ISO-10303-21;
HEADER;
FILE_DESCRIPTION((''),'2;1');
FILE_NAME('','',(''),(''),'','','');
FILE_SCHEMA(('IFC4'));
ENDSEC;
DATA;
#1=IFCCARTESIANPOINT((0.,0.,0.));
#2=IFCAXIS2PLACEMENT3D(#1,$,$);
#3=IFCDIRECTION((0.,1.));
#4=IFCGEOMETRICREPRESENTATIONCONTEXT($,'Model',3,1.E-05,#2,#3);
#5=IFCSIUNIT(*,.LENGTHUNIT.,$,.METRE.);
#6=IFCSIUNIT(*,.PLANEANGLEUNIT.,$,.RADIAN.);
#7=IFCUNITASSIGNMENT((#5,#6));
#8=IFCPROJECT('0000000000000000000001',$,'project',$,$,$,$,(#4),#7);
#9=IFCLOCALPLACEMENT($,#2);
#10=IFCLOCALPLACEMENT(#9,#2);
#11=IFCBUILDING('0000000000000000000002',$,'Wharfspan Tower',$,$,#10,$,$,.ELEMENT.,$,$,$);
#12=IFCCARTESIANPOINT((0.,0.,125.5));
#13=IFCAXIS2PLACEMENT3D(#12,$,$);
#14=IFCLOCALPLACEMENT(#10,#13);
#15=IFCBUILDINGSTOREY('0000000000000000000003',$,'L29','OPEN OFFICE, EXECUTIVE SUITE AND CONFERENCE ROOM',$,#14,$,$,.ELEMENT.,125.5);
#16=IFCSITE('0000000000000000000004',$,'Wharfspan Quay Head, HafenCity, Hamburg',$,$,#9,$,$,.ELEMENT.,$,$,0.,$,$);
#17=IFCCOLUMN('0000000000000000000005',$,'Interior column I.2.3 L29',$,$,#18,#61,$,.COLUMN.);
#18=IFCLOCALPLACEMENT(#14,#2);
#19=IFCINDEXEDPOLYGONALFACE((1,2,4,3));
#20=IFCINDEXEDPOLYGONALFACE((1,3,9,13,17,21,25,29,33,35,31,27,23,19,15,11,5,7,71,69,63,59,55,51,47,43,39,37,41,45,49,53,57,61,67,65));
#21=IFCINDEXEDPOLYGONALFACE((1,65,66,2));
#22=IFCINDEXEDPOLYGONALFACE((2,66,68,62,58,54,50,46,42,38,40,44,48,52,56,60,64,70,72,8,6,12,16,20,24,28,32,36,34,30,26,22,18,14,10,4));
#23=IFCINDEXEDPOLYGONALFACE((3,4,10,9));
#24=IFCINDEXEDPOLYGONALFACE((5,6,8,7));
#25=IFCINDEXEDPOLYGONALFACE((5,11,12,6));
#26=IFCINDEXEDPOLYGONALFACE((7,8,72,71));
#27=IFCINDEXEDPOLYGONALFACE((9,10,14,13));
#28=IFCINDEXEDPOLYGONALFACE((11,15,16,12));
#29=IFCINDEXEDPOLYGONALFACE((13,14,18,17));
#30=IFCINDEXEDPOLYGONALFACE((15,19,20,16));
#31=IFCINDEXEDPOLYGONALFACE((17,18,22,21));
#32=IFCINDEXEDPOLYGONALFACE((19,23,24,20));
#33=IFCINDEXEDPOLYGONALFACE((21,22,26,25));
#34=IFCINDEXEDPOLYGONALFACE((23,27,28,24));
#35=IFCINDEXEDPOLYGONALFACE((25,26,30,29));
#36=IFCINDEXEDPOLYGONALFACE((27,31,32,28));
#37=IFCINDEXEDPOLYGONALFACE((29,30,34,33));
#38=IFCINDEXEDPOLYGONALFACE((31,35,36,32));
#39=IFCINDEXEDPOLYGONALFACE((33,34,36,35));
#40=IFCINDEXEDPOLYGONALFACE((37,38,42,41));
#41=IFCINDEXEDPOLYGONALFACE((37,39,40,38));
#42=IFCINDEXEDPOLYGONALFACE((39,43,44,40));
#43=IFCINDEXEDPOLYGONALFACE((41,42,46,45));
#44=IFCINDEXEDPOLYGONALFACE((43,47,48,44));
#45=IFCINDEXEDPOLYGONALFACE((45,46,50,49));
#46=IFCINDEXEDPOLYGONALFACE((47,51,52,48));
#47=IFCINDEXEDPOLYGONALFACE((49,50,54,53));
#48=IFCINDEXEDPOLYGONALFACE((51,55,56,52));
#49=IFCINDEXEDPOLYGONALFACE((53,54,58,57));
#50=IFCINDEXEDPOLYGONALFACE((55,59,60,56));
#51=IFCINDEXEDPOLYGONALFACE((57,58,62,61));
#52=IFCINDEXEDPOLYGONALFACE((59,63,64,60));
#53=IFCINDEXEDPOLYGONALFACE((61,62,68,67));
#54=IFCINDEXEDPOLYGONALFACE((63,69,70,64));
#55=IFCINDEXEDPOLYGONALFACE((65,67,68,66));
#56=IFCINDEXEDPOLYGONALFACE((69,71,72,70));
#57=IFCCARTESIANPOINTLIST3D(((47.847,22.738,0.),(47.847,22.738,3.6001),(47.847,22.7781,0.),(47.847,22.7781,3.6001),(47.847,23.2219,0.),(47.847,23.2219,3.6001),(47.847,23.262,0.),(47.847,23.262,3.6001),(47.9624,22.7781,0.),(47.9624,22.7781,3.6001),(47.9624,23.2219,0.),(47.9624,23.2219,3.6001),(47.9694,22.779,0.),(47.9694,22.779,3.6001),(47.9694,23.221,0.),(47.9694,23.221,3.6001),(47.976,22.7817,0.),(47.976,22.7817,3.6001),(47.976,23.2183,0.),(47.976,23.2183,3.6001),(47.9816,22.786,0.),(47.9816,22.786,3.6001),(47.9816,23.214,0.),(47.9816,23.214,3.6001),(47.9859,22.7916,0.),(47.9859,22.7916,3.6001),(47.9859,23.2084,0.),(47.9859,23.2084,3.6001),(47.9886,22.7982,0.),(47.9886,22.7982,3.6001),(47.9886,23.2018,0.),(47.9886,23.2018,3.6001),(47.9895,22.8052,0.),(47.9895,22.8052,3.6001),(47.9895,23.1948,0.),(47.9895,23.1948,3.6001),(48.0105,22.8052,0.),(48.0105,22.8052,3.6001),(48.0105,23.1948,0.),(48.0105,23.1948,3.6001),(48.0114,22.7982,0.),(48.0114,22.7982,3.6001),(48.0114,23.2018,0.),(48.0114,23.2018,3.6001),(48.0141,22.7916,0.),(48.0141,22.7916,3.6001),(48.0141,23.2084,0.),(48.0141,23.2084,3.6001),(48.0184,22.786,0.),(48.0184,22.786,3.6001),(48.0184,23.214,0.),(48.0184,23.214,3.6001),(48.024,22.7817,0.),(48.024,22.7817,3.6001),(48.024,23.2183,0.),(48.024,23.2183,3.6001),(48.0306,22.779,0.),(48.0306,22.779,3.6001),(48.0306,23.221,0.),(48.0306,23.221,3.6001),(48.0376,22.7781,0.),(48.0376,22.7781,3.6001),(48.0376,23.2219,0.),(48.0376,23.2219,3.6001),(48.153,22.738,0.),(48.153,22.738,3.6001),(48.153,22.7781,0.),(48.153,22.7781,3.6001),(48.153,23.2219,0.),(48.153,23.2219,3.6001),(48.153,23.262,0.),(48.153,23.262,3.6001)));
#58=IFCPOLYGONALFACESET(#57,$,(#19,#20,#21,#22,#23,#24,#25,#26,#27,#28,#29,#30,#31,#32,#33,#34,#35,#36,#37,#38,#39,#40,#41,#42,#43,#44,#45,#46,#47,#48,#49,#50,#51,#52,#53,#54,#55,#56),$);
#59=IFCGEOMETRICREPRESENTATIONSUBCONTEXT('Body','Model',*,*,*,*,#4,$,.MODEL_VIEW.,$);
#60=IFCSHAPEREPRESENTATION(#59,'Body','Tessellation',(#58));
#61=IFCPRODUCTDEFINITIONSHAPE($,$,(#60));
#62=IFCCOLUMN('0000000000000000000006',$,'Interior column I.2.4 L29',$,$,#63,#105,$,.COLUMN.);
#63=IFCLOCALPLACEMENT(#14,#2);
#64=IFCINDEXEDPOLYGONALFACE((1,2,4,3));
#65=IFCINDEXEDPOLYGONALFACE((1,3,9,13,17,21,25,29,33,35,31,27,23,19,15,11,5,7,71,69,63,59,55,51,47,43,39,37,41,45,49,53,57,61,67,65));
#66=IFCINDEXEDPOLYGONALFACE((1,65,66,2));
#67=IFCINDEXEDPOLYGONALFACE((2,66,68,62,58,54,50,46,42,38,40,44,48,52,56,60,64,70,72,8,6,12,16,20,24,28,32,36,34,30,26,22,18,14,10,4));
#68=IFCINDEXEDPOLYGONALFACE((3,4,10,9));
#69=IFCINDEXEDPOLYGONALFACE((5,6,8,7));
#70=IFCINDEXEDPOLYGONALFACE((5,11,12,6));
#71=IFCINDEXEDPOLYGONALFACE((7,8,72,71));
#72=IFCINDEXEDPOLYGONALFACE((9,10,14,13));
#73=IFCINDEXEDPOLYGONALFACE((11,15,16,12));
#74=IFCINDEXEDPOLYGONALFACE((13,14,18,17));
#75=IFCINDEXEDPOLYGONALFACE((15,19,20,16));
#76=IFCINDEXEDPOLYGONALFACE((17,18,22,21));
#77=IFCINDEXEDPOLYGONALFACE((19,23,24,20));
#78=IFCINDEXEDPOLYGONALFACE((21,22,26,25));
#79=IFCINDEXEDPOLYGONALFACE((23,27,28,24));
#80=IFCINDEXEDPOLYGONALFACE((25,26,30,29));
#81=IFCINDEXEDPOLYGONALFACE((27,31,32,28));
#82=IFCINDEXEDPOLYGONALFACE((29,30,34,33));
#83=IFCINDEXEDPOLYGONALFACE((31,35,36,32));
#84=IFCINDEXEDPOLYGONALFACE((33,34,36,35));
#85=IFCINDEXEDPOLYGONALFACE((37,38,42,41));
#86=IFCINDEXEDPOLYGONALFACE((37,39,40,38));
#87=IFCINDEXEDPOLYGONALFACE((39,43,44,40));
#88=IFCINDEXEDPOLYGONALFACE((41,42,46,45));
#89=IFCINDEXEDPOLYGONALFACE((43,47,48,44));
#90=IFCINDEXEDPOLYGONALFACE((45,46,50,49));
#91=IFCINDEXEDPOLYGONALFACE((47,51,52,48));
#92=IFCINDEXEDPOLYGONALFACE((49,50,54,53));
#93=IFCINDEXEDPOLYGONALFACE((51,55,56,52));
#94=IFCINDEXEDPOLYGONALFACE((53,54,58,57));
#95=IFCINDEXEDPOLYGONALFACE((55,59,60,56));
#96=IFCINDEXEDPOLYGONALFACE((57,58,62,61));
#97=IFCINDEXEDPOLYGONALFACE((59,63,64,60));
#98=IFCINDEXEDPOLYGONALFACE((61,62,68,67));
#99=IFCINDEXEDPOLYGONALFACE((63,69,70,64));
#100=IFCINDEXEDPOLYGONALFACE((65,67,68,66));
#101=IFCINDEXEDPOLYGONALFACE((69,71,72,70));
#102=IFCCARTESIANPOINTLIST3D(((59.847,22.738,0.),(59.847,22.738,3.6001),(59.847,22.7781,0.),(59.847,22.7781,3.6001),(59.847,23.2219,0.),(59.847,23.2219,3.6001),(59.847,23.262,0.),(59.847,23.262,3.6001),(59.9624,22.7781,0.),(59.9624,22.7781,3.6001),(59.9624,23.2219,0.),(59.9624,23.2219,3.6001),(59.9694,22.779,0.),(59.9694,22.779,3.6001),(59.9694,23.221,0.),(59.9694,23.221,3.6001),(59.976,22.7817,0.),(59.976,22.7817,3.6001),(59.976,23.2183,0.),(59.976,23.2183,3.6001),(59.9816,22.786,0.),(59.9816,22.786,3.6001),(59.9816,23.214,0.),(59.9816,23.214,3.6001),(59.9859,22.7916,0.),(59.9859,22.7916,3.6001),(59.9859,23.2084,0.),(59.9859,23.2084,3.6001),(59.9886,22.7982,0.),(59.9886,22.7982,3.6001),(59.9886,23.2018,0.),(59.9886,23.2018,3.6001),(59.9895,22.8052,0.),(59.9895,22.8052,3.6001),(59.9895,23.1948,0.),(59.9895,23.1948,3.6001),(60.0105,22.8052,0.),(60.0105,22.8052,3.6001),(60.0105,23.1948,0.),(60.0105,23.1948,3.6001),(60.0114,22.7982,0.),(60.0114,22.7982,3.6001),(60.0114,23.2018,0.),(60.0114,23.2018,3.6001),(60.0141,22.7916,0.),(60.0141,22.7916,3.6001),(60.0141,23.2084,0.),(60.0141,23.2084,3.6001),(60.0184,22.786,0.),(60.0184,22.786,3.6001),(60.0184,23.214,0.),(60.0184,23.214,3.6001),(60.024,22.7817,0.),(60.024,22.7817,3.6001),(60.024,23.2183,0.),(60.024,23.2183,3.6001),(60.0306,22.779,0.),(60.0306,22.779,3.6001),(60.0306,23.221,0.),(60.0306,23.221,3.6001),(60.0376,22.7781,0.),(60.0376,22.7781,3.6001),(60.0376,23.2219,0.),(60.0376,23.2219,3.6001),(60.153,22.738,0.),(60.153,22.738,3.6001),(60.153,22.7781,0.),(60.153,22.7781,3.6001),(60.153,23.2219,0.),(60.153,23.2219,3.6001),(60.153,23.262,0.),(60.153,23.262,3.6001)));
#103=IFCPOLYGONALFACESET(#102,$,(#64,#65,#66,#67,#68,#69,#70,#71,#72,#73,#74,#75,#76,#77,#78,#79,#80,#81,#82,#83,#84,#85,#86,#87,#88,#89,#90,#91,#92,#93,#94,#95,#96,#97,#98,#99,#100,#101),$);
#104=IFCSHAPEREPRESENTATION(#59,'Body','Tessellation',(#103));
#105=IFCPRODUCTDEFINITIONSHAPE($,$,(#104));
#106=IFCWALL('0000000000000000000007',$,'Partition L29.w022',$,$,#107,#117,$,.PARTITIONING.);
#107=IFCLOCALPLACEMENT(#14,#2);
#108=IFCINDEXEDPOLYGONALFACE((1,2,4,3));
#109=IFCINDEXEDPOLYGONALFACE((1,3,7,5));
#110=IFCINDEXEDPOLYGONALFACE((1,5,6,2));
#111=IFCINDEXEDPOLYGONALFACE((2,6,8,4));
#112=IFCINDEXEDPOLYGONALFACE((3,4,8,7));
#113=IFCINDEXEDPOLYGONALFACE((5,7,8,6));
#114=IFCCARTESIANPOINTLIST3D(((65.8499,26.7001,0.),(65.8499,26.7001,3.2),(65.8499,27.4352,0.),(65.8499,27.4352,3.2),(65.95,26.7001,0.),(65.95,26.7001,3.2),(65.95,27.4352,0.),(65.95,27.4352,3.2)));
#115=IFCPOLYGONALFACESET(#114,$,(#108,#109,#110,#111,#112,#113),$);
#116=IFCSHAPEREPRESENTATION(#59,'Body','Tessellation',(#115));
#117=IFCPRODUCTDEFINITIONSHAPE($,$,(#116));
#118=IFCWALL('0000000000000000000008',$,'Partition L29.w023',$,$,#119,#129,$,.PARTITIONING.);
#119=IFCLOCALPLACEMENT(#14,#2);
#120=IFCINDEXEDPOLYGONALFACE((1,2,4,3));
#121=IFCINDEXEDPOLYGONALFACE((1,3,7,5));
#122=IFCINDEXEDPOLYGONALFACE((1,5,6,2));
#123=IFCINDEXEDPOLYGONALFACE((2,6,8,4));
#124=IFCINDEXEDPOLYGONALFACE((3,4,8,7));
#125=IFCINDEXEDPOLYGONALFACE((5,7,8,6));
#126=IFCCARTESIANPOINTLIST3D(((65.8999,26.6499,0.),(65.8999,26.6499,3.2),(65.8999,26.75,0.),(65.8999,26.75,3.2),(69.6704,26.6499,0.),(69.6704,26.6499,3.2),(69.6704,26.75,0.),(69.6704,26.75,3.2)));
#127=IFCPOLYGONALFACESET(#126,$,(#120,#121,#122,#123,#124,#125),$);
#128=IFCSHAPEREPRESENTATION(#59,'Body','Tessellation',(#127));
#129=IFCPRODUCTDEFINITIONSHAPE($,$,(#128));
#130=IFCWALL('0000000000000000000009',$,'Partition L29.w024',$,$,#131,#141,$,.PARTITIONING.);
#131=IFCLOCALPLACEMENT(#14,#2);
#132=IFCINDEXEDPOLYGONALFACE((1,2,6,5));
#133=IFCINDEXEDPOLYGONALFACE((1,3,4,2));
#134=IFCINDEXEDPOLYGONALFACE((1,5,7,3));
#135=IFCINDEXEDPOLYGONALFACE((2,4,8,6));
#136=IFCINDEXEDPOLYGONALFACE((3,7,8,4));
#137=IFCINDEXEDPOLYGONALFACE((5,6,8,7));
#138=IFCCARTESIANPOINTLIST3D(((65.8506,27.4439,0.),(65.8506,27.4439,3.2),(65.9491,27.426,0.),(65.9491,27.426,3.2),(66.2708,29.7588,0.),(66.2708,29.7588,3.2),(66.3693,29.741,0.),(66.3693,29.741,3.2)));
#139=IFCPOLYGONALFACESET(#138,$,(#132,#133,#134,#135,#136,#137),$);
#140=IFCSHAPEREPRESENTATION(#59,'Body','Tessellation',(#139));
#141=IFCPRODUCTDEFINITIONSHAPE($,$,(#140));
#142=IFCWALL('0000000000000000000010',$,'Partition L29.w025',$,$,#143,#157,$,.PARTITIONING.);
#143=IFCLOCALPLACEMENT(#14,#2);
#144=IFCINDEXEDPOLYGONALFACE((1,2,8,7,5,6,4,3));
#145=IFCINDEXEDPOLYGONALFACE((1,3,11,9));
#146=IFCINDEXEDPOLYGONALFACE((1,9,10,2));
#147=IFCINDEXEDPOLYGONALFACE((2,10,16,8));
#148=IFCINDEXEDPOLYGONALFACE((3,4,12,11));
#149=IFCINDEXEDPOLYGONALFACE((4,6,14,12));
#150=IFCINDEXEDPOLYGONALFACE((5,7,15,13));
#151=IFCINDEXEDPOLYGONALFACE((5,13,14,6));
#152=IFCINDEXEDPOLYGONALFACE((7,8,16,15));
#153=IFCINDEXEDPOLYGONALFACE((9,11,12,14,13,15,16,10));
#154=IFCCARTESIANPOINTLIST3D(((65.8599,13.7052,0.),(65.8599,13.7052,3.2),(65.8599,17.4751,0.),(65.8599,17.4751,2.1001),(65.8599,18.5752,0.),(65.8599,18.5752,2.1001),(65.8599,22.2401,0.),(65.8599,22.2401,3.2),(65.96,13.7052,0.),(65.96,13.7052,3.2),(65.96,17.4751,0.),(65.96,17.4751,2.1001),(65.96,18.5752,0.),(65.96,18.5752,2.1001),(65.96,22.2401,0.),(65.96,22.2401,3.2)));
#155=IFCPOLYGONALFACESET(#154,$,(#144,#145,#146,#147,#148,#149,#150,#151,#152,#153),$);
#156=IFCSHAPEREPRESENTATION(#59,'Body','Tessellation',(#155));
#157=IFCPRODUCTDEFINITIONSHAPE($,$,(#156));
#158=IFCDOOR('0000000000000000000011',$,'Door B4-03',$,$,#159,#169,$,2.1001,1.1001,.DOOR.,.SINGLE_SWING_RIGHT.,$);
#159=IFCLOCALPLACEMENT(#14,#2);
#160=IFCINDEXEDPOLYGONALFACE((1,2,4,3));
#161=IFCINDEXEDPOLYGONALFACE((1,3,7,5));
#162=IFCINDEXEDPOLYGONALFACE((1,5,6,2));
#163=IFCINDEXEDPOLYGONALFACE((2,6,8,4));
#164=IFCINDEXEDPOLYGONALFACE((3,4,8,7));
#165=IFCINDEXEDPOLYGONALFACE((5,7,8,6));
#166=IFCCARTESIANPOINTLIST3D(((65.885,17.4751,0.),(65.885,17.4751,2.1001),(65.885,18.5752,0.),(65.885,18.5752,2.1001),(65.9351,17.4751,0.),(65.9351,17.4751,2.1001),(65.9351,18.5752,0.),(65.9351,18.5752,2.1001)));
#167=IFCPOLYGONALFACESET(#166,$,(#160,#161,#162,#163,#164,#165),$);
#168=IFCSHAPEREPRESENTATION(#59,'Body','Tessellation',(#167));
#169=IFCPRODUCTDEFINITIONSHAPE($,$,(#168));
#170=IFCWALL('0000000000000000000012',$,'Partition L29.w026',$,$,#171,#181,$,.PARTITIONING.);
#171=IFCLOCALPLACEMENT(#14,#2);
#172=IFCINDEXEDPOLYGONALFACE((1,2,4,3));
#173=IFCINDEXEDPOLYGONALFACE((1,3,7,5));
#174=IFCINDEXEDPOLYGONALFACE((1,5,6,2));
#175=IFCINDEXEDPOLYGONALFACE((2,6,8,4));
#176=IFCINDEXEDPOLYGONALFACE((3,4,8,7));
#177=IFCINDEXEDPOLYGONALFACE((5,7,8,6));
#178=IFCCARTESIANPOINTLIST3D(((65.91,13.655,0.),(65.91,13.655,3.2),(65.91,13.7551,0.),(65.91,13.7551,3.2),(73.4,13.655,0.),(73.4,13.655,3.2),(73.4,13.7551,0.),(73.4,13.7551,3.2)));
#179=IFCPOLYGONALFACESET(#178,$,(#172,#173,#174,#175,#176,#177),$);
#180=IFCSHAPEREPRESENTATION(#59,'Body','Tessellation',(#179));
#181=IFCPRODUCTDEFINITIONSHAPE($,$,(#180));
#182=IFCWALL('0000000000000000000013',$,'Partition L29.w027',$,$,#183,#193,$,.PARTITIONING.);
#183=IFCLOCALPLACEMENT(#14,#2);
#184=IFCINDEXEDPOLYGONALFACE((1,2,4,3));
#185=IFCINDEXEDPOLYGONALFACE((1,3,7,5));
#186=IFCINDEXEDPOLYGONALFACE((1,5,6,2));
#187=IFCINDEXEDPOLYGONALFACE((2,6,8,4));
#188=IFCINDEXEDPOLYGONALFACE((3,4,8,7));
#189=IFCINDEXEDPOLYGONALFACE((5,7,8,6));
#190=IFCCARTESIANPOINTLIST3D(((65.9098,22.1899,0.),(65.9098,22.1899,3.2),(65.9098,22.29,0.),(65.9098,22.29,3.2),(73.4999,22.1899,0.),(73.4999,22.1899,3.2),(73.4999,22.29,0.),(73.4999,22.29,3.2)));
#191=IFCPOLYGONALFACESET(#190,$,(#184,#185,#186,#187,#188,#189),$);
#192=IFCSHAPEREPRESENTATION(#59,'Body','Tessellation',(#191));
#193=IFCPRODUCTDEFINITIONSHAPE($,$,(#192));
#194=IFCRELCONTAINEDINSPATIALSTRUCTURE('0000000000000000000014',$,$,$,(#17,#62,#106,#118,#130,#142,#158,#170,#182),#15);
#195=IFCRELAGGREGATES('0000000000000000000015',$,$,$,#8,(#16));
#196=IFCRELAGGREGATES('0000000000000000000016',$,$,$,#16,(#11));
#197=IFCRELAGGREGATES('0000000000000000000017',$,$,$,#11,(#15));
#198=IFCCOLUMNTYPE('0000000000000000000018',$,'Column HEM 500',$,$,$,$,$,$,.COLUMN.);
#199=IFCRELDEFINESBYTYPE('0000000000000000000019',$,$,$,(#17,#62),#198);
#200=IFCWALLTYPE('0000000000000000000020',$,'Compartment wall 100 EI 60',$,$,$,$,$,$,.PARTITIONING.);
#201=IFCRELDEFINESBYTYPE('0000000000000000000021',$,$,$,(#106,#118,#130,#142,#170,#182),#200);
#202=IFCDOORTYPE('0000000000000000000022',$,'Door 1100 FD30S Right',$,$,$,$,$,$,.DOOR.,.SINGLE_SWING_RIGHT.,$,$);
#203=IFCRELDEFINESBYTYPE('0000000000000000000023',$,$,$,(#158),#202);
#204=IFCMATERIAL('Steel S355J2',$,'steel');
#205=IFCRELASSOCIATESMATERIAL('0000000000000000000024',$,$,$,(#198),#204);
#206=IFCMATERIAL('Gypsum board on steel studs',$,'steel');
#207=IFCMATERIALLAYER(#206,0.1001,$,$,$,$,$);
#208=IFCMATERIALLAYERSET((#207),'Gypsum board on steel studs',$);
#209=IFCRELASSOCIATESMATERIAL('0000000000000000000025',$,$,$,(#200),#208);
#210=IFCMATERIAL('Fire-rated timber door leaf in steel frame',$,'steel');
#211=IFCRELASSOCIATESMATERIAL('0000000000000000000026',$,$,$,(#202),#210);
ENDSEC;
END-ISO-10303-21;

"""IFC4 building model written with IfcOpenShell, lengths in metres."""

from ifc_helpers import new_model, si_unit, direction, frame, frame_2d, origin, origin_2d, place, context, subcontext, project, spatial, rectangle, i_section, extrude, material, layer, layer_set, material_profile, profile_set, type_object, element, fill, save


model = new_model("IFC4")

# Units and contexts
model_context = context("Model", 3, precision=1e-05, world=origin(), true_north=direction((0.0, 1.0)))
body_context = subcontext(model_context, "Body", "Model", "MODEL_VIEW")
ifc_project = project(units=[si_unit("LENGTHUNIT", "METRE"), si_unit("PLANEANGLEUNIT", "RADIAN")], contexts=[model_context])

# Site, building, storey
site_placement = place(None, origin())
site = spatial("IfcSite", under=ifc_project, at=site_placement, Name="Wharfspan Quay Head, HafenCity, Hamburg", CompositionType="ELEMENT", RefElevation=0.0)
building_placement = place(site_placement, origin())
building = spatial("IfcBuilding", under=site, at=building_placement, Name="Wharfspan Tower", CompositionType="ELEMENT")
storey_placement = place(building_placement, frame((0.0, 0.0, 125.5)))
storey = spatial("IfcBuildingStorey", under=building, at=storey_placement, Name="L29", Description="OPEN OFFICE, EXECUTIVE SUITE AND CONFERENCE ROOM", CompositionType="ELEMENT", Elevation=125.5)

# Columns
ifc_material_1 = material(Name="Steel S355J2", Category="steel")
ifc_material_profile = material_profile(ifc_material_1, i_section(OverallWidth=0.3059, OverallDepth=0.5239, WebThickness=0.021, FlangeThickness=0.04, FilletRadius=0.0271, at=origin_2d()))
ifc_profile_set = profile_set([ifc_material_profile], Name="Steel S355J2")
column_type = type_object("IfcColumnType", Name="Column HEM 500", PredefinedType="COLUMN", material=ifc_profile_set)
for number, where, z_axis, x_axis, name in (
    (1, (48.0, 23.0, 0.0), (0.0, 0.0, 1.0), (1.0, 0.0, 0.0), "Interior column I.2.3 L29"),
    (2, (60.0, 23.0, 0.0), (0.0, 0.0, 1.0), (1.0, 0.0, 0.0), "Interior column I.2.4 L29"),
):
    element("IfcColumn", number, at=place(storey_placement, frame(where, z_axis=z_axis, x_axis=x_axis)), inside=storey, type_object=column_type, Name=name, PredefinedType="COLUMN", context=body_context, shape_type="SweptSolid", body=[
        extrude(i_section(OverallWidth=0.3059, OverallDepth=0.5239, WebThickness=0.021, FlangeThickness=0.04, FilletRadius=0.0271, at=origin_2d()), origin(), (0.0, 0.0, 1.0), 3.6001),
    ])

# Walls
ifc_material_2 = material(Name="Gypsum board on steel studs", Category="steel")
ifc_layer_1 = layer(ifc_material_2, 0.1001)
ifc_layer_set_1 = layer_set([ifc_layer_1], Name="Gypsum board on steel studs")
wall_type_1 = type_object("IfcWallType", Name="Compartment wall 100 EI 60", PredefinedType="PARTITIONING", material=ifc_layer_set_1)
wall_1_placement = place(storey_placement, frame((65.8999, 26.7, 0.0), z_axis=(0.0, 0.0, 1.0), x_axis=(0.0, 1.0, 0.0)))
element("IfcWall", 3, at=wall_1_placement, inside=storey, type_object=wall_type_1, Name="Partition L29.w022", PredefinedType="PARTITIONING", context=body_context, shape_type="SweptSolid", body=[
    extrude(rectangle(XDim=0.7351, YDim=0.1001, at=frame_2d((0.3677, 0.0))), origin(), (0.0, 0.0, 1.0), 3.2),
])
wall_2_placement = place(storey_placement, frame((65.8999, 26.7, 0.0), z_axis=(0.0, 0.0, 1.0), x_axis=(1.0, 0.0, 0.0)))
element("IfcWall", 4, at=wall_2_placement, inside=storey, type_object=wall_type_1, Name="Partition L29.w023", PredefinedType="PARTITIONING", context=body_context, shape_type="SweptSolid", body=[
    extrude(rectangle(XDim=3.7705, YDim=0.1001, at=frame_2d((1.8853, 0.0))), origin(), (0.0, 0.0, 1.0), 3.2),
])
wall_3_placement = place(storey_placement, frame((65.8999, 27.4351, 0.0), z_axis=(0.0, 0.0, 1.0), x_axis=(0.178584, 0.983924, 0.0)))
element("IfcWall", 5, at=wall_3_placement, inside=storey, type_object=wall_type_1, Name="Partition L29.w024", PredefinedType="PARTITIONING", context=body_context, shape_type="SweptSolid", body=[
    extrude(rectangle(XDim=2.3528, YDim=0.1001, at=frame_2d((1.1763, 0.0))), origin(), (0.0, 0.0, 1.0), 3.2),
])

# Wall, opening, door
wall_4_placement = place(storey_placement, frame((65.9099, 13.7051, 0.0), z_axis=(0.0, 0.0, 1.0), x_axis=(0.0, 1.0, 0.0)))
wall_4 = element("IfcWall", 6, at=wall_4_placement, inside=storey, type_object=wall_type_1, Name="Partition L29.w025", PredefinedType="PARTITIONING", context=body_context, shape_type="SweptSolid", body=[
    extrude(rectangle(XDim=8.5349, YDim=0.1001, at=frame_2d((4.2676, 0.0))), origin(), (0.0, 0.0, 1.0), 3.2),
])
opening_1_placement = place(wall_4_placement, frame((3.77, 0.0, 0.0)))
opening_1 = element("IfcOpeningElement", 7, at=opening_1_placement, cuts=wall_4, PredefinedType="OPENING", context=body_context, shape_type="SweptSolid", body=[
    extrude(rectangle(XDim=1.1001, YDim=2.1001, at=frame_2d((0.55, 1.05))), frame((0.0, 0.0601, 0.0), z_axis=(0.0, -1.0, 0.0), x_axis=(1.0, 0.0, 0.0)), (0.0, 0.0, 1.0), 0.1201),
])
ifc_material_3 = material(Name="Fire-rated timber door leaf in steel frame", Category="steel")
door_type_1 = type_object("IfcDoorType", Name="Door 1100 FD30S Right", OperationType="SINGLE_SWING_RIGHT", PredefinedType="DOOR", material=ifc_material_3)
door_1_placement = place(opening_1_placement, origin())
door_1 = element("IfcDoor", 8, at=door_1_placement, inside=storey, type_object=door_type_1, Name="Door B4-03", OperationType="SINGLE_SWING_RIGHT", OverallHeight=2.1001, OverallWidth=1.1001, PredefinedType="DOOR", context=body_context, shape_type="SweptSolid", body=[
    extrude(rectangle(XDim=1.1001, YDim=2.1001, at=frame_2d((0.55, 1.05))), frame((0.0, 0.0249, 0.0), z_axis=(0.0, -1.0, 0.0), x_axis=(1.0, 0.0, 0.0)), (0.0, 0.0, 1.0), 0.05),
])
fill(opening_1, door_1)

# Walls
wall_5_placement = place(storey_placement, frame((65.9099, 13.7051, 0.0), z_axis=(0.0, 0.0, 1.0), x_axis=(1.0, 0.0, 0.0)))
element("IfcWall", 9, at=wall_5_placement, inside=storey, type_object=wall_type_1, Name="Partition L29.w026", PredefinedType="PARTITIONING", context=body_context, shape_type="SweptSolid", body=[
    extrude(rectangle(XDim=7.49, YDim=0.1001, at=frame_2d((3.7451, 0.0))), origin(), (0.0, 0.0, 1.0), 3.2),
])
wall_6_placement = place(storey_placement, frame((65.9099, 22.24, 0.0), z_axis=(0.0, 0.0, 1.0), x_axis=(1.0, 0.0, 0.0)))
element("IfcWall", 10, at=wall_6_placement, inside=storey, type_object=wall_type_1, Name="Partition L29.w027", PredefinedType="PARTITIONING", context=body_context, shape_type="SweptSolid", body=[
    extrude(rectangle(XDim=7.5901, YDim=0.1001, at=frame_2d((3.7949, 0.0))), origin(), (0.0, 0.0, 1.0), 3.2),
])

save(model, "model.ifc")
